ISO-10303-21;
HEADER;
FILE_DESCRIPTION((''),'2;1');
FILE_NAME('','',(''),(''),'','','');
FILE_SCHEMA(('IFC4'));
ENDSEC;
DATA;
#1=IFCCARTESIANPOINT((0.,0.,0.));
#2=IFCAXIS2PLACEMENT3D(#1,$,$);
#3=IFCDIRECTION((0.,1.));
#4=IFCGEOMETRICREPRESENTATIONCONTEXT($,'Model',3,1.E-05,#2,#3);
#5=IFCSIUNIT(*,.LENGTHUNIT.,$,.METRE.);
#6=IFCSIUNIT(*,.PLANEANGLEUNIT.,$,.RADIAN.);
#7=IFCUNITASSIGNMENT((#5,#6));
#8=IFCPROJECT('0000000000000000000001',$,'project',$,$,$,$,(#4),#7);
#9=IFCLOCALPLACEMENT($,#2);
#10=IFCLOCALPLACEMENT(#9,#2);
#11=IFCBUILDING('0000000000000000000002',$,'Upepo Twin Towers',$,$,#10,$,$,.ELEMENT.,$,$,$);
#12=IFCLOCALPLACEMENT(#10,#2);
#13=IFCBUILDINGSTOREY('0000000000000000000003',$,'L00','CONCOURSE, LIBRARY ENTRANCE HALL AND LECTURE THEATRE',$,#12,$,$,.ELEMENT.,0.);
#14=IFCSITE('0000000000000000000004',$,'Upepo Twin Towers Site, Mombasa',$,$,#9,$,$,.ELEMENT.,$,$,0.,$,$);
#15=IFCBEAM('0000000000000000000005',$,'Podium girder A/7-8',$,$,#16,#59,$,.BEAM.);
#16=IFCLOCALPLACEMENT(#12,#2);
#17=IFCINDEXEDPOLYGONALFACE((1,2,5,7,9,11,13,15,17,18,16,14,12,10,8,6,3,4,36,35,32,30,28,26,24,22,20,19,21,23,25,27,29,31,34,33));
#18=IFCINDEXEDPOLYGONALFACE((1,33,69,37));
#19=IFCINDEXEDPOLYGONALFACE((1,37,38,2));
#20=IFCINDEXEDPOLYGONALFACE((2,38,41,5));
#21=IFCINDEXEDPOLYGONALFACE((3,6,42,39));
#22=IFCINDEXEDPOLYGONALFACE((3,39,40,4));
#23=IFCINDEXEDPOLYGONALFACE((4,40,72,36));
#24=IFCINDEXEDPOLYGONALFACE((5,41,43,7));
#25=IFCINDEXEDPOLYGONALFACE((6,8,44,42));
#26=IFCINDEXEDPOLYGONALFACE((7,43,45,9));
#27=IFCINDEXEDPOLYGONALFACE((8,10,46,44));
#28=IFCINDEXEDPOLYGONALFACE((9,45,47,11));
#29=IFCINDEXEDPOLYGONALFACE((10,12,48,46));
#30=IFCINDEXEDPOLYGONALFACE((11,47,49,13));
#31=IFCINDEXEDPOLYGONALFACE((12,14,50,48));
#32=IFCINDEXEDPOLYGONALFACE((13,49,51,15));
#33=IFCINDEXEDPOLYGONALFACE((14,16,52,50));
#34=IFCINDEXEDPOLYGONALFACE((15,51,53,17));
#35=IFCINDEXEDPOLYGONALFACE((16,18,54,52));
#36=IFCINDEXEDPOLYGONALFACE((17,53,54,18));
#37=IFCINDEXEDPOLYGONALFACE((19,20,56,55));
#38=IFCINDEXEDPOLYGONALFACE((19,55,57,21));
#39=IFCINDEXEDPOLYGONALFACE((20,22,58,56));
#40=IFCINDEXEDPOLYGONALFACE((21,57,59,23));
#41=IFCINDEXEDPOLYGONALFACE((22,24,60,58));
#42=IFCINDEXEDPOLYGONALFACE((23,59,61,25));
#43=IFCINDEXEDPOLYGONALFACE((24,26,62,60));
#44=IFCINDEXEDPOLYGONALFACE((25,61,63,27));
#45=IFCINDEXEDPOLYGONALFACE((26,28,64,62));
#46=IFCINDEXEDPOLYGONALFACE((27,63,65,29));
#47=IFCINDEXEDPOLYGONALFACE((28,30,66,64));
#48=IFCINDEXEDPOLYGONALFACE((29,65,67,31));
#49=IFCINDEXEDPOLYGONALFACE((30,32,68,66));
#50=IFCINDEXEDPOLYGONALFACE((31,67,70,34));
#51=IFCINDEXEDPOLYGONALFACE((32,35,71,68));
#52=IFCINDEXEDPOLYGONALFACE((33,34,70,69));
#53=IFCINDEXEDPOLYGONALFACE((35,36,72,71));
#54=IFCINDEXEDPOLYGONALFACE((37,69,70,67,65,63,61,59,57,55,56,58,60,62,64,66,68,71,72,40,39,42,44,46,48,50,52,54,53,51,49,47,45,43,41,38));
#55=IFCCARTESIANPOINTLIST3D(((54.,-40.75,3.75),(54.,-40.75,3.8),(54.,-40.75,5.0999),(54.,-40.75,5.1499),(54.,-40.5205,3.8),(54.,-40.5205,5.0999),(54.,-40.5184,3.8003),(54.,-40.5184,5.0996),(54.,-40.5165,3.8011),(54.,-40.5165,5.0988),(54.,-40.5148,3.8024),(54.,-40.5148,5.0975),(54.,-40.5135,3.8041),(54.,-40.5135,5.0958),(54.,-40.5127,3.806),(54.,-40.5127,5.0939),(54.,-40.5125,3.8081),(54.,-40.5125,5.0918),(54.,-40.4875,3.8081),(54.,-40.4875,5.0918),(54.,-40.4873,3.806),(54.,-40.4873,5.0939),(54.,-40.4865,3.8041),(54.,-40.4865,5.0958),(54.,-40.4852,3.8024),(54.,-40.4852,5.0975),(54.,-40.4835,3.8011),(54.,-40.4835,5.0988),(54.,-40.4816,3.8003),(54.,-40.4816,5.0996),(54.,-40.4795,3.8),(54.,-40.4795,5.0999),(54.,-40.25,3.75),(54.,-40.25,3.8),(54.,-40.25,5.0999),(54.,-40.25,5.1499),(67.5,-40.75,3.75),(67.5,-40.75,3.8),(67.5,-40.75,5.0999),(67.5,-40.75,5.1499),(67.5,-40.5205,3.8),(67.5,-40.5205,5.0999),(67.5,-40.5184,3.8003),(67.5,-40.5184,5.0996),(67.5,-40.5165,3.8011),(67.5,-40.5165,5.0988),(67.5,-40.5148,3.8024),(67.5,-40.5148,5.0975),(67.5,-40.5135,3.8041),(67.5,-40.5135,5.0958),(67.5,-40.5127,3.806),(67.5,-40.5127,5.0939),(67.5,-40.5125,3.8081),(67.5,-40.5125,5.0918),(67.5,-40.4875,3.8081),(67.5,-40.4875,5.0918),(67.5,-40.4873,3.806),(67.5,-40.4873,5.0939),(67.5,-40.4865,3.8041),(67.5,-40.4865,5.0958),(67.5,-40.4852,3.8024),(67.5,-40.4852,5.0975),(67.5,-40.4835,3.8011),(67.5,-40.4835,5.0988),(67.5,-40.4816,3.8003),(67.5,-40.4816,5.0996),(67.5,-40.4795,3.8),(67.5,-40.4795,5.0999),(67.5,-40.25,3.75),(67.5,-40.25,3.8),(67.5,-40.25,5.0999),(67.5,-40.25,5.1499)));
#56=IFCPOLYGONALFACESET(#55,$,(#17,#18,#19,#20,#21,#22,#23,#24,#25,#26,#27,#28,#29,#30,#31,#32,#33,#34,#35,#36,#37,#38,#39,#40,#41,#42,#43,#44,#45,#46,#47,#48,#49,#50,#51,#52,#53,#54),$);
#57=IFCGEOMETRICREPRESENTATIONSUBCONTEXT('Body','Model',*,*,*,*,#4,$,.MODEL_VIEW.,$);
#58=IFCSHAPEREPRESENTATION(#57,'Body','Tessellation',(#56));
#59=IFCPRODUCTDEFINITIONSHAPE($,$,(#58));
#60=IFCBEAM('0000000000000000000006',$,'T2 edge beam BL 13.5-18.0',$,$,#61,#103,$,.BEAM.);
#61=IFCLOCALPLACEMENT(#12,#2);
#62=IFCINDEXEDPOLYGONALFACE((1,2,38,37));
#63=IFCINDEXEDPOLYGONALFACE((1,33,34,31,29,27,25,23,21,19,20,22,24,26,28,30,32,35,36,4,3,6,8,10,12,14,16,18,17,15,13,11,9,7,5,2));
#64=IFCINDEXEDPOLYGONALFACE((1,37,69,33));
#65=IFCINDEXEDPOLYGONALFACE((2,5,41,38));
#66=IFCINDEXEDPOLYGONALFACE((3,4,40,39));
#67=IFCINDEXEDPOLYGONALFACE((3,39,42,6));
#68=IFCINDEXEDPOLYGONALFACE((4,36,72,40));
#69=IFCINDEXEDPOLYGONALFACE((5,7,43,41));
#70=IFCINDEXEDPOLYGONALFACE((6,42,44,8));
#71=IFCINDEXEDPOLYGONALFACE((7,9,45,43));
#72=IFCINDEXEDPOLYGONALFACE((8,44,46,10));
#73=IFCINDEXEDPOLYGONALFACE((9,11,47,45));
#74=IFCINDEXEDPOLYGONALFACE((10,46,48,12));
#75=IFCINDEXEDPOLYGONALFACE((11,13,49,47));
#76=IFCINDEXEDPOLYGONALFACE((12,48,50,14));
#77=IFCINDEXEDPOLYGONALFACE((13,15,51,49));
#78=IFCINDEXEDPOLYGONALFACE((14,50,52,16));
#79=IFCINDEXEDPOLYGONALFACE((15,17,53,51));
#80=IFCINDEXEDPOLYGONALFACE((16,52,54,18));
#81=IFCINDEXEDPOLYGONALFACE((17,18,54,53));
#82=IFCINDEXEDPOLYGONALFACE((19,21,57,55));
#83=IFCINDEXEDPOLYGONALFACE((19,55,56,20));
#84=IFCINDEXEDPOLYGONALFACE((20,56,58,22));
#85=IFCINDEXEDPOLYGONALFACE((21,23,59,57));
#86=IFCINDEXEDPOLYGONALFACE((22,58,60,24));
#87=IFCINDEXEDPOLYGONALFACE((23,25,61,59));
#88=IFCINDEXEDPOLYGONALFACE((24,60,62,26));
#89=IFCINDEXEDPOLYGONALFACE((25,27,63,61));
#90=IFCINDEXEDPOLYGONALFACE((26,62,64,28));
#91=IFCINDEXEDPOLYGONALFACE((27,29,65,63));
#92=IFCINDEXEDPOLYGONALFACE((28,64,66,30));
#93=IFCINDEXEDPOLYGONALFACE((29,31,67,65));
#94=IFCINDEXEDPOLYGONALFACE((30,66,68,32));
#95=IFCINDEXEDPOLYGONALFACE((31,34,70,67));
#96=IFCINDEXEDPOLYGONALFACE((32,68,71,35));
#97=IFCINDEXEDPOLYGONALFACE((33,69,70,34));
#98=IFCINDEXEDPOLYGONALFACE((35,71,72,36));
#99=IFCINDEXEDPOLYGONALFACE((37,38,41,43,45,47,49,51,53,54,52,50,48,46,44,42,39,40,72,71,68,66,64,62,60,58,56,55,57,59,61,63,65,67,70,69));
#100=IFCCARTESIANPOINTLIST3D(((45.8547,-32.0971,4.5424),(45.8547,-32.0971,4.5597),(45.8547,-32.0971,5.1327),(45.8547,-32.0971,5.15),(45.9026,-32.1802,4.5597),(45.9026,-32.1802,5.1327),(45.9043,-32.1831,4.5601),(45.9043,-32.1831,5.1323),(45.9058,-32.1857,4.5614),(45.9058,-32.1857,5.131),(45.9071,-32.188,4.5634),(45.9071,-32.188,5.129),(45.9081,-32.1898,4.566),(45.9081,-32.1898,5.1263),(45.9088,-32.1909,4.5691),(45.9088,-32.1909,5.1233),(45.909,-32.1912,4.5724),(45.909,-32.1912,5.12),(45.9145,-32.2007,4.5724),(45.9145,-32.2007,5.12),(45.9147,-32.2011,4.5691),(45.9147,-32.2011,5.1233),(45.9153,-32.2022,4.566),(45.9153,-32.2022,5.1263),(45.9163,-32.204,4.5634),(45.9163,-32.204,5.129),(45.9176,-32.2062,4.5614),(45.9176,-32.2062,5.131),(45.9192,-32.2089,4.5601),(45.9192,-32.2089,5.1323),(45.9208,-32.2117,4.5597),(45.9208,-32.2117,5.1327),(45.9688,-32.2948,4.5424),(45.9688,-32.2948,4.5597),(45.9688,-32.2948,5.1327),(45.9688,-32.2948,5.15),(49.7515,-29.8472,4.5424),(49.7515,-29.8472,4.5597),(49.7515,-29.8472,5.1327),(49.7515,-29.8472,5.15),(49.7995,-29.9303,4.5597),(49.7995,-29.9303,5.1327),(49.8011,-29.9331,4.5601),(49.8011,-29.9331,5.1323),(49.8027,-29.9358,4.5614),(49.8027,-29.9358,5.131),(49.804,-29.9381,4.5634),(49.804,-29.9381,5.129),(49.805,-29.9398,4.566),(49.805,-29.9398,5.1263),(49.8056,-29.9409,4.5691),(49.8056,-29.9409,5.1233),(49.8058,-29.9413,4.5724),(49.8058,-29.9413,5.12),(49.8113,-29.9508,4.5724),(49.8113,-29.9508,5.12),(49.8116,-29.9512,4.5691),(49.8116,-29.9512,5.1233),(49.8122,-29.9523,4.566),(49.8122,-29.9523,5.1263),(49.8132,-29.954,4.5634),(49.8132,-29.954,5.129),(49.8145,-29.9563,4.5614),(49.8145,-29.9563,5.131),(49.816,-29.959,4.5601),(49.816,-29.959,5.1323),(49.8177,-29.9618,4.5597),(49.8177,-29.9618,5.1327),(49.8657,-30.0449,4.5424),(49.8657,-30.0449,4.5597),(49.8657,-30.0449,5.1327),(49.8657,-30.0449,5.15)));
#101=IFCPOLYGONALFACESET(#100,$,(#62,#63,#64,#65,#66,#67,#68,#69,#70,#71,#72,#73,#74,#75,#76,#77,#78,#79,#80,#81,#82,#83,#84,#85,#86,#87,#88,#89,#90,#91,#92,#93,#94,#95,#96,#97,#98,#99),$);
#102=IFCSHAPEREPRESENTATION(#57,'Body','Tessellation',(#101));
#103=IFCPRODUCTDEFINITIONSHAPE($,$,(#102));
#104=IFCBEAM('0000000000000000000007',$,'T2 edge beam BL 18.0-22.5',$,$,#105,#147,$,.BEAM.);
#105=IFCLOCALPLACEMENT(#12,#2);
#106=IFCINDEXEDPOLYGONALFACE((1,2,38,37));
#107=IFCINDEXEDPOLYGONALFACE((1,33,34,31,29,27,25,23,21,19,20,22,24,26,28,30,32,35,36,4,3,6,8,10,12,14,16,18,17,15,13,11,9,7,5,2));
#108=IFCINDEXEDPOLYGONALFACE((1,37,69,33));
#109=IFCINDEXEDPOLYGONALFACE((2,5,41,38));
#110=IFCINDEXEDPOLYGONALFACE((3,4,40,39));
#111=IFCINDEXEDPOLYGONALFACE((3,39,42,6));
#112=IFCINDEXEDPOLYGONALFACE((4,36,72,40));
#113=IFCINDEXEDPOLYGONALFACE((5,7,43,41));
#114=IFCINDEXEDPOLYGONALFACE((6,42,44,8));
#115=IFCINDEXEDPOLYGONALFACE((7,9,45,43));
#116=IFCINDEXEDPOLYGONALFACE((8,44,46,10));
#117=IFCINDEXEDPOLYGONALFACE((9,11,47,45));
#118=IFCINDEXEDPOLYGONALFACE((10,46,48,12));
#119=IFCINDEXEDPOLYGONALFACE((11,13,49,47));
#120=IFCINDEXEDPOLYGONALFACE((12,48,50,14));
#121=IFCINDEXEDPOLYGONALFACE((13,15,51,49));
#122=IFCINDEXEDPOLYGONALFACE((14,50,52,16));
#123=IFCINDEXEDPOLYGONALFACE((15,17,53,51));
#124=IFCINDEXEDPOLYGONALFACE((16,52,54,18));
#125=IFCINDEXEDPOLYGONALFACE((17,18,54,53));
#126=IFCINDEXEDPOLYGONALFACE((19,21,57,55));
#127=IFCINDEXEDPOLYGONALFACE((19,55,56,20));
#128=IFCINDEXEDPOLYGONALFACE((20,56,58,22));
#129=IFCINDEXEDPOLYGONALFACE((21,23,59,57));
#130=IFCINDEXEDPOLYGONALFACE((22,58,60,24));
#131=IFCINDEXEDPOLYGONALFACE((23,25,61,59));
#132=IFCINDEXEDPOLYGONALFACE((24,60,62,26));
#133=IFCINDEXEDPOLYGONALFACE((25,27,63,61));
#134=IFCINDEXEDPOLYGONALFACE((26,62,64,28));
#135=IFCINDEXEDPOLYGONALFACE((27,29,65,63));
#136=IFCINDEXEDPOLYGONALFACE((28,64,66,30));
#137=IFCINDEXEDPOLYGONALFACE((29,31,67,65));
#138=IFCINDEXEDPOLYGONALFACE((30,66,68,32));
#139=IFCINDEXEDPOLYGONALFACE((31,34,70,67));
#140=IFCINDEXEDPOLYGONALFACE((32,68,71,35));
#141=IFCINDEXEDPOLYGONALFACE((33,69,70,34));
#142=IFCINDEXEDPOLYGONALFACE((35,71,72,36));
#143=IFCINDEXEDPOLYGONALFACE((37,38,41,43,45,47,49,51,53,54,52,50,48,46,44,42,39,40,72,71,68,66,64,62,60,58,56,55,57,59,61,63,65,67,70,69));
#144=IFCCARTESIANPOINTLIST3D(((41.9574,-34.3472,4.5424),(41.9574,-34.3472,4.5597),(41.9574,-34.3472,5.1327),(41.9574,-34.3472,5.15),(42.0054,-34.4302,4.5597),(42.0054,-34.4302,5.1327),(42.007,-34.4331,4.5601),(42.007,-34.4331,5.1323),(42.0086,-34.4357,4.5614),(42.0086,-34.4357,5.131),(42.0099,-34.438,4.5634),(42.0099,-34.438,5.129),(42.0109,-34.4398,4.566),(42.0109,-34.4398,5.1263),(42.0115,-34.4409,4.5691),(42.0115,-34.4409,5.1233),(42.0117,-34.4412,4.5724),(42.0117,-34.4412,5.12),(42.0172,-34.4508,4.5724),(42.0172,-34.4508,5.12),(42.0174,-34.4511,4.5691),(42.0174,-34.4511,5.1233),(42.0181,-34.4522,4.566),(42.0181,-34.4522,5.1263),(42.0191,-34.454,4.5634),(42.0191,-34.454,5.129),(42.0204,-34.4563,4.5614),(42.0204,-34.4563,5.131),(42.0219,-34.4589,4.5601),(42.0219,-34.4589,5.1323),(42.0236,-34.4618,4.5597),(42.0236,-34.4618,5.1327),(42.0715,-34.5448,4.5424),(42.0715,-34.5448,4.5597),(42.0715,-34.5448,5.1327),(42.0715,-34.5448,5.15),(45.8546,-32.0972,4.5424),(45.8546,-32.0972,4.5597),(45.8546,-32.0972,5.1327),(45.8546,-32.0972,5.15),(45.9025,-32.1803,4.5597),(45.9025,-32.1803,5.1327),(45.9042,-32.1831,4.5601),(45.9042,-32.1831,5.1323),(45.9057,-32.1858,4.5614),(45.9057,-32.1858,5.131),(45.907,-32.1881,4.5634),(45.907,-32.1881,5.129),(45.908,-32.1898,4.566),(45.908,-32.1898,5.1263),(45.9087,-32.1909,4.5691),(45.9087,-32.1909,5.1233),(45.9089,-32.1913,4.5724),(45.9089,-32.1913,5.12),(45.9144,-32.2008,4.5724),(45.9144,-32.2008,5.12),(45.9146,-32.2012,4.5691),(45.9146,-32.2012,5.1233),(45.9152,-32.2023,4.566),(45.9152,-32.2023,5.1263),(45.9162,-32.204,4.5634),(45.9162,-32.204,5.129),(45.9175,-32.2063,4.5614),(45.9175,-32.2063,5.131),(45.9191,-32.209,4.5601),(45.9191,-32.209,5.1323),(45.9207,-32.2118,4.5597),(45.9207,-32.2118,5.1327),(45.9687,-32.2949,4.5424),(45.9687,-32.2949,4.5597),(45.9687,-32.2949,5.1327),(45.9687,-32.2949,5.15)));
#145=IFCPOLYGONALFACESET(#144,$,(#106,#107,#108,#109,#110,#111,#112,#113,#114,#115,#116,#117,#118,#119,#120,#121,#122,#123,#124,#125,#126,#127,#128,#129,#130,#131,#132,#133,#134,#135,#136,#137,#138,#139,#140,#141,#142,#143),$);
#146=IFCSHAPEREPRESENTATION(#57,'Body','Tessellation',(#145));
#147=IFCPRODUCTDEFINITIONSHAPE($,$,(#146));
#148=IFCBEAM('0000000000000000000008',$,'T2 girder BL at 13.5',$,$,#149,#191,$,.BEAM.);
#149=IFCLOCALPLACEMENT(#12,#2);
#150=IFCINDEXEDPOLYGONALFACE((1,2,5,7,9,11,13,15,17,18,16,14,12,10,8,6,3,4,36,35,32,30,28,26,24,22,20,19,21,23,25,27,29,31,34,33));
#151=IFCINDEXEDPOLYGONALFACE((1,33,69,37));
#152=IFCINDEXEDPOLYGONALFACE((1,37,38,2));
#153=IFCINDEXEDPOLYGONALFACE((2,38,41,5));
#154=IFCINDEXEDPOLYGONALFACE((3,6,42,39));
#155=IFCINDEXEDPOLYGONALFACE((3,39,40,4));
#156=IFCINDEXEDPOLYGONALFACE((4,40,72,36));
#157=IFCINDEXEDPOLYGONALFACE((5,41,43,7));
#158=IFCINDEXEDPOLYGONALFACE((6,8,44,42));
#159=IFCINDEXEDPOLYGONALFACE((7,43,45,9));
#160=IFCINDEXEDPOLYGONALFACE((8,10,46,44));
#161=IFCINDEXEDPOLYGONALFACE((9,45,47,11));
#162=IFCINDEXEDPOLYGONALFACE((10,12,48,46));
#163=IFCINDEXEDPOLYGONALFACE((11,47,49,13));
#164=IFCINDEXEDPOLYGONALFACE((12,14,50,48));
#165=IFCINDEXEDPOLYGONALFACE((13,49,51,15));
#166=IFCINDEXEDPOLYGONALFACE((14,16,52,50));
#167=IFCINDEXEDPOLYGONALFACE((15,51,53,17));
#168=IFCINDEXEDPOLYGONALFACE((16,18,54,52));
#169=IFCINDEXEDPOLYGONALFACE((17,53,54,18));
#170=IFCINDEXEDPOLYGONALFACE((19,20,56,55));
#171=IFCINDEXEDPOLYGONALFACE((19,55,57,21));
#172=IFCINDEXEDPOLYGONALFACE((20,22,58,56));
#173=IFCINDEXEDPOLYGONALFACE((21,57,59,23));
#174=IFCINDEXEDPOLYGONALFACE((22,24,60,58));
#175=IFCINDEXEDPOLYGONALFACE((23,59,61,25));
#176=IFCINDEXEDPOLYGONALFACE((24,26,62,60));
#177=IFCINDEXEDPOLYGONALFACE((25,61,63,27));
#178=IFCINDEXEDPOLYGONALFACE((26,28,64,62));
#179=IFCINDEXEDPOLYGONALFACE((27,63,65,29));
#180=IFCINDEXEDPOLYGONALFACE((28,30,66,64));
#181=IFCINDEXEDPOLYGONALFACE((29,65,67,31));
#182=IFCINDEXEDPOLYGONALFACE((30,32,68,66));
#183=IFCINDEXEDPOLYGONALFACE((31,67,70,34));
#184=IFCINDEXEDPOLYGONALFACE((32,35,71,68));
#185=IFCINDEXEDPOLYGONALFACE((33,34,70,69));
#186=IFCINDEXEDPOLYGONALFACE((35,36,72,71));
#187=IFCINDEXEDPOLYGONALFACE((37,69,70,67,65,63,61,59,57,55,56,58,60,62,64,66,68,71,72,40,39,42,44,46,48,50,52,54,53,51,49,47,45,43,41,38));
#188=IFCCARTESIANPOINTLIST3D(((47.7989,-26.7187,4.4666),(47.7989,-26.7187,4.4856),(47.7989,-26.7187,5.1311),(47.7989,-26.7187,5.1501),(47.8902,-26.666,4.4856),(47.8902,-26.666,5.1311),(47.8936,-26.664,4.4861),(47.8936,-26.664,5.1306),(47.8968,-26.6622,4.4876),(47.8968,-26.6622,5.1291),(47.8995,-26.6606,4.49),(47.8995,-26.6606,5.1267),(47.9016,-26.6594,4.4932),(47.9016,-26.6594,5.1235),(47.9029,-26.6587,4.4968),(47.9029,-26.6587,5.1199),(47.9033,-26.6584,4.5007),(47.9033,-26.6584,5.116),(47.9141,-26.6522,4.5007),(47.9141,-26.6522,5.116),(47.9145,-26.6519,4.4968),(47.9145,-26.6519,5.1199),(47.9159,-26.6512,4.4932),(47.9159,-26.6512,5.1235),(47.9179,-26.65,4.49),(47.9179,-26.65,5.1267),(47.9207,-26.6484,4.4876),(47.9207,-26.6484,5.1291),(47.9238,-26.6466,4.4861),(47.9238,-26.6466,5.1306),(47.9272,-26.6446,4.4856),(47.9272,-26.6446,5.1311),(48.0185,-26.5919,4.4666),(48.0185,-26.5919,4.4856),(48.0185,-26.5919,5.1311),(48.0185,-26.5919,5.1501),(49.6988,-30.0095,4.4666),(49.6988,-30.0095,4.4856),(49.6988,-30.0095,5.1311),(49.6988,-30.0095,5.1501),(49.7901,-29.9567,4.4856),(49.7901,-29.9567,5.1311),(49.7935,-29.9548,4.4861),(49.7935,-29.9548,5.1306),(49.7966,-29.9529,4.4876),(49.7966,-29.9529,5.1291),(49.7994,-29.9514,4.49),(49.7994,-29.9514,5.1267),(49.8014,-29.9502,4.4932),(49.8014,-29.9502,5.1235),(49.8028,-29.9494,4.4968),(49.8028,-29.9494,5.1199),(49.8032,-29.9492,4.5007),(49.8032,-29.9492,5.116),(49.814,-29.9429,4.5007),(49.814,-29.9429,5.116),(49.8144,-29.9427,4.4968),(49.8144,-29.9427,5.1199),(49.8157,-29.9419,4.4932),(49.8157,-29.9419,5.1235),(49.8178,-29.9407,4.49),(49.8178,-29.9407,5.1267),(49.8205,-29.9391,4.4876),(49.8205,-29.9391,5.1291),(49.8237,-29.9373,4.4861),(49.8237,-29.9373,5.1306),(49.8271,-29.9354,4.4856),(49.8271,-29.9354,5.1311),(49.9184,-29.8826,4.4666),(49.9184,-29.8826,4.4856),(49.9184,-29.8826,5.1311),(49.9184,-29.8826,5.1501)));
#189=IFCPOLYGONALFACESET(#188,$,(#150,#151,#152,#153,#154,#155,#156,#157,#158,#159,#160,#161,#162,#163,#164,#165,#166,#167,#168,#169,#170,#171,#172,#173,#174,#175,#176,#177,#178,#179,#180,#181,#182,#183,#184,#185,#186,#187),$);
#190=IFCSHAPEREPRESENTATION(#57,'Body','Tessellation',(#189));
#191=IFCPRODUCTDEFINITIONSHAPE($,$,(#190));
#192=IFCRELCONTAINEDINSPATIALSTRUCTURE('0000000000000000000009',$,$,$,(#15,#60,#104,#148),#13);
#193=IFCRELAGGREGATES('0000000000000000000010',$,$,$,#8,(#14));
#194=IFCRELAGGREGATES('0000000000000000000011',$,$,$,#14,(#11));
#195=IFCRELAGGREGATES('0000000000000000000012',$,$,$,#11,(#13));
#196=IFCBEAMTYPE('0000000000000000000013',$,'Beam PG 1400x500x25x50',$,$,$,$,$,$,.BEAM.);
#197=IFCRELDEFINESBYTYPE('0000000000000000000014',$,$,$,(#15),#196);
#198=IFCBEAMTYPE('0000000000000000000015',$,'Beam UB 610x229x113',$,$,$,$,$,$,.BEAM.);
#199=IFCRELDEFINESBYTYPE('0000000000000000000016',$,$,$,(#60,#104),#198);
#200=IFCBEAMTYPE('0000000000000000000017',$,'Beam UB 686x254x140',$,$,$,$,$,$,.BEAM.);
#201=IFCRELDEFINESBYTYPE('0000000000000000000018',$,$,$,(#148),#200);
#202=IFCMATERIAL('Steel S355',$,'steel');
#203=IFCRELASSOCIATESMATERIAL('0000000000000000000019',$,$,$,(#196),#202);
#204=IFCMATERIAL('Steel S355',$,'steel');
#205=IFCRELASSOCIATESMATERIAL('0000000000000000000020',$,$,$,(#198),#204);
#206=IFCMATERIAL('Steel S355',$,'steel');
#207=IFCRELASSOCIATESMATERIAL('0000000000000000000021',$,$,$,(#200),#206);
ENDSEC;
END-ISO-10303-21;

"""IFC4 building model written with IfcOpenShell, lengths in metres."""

from ifc_helpers import new_model, si_unit, direction, frame, origin, origin_2d, place, context, subcontext, project, spatial, i_section, extrude, material, material_profile, profile_set, type_object, element, save


model = new_model("IFC4")

# Units and contexts
model_context = context("Model", 3, precision=1e-05, world=origin(), true_north=direction((0.0, 1.0)))
body_context = subcontext(model_context, "Body", "Model", "MODEL_VIEW")
ifc_project = project(units=[si_unit("LENGTHUNIT", "METRE"), si_unit("PLANEANGLEUNIT", "RADIAN")], contexts=[model_context])

# Site, building, storey
site_placement = place(None, origin())
site = spatial("IfcSite", under=ifc_project, at=site_placement, Name="Upepo Twin Towers Site, Mombasa", CompositionType="ELEMENT", RefElevation=0.0)
building_placement = place(site_placement, origin())
building = spatial("IfcBuilding", under=site, at=building_placement, Name="Upepo Twin Towers", CompositionType="ELEMENT")
storey_placement = place(building_placement, origin())
storey = spatial("IfcBuildingStorey", under=building, at=storey_placement, Name="L00", Description="CONCOURSE, LIBRARY ENTRANCE HALL AND LECTURE THEATRE", CompositionType="ELEMENT", Elevation=0.0)

# Beams
ifc_material_1 = material(Name="Steel S355", Category="steel")
ifc_material_profile_1 = material_profile(ifc_material_1, i_section(OverallWidth=0.5, OverallDepth=1.3999, WebThickness=0.0249, FlangeThickness=0.05, FilletRadius=0.0081, at=origin_2d()), Name="PG 1400x500x25x50")
ifc_profile_set_1 = profile_set([ifc_material_profile_1], Name="Steel S355")
beam_type_1 = type_object("IfcBeamType", Name="Beam PG 1400x500x25x50", PredefinedType="BEAM", material=ifc_profile_set_1)
beam_1_placement = place(storey_placement, frame((54.0, -40.5, 4.45), z_axis=(1.0, 0.0, 0.0), x_axis=(0.0, 1.0, 0.0)))
element("IfcBeam", 1, at=beam_1_placement, inside=storey, type_object=beam_type_1, Name="Podium girder A/7-8", PredefinedType="BEAM", context=body_context, shape_type="SweptSolid", body=[
    extrude(i_section(OverallWidth=0.5, OverallDepth=1.3999, WebThickness=0.0249, FlangeThickness=0.05, FilletRadius=0.0081, at=origin_2d()), origin(), (0.0, 0.0, 1.0), 13.5),
])
ifc_material_2 = material(Name="Steel S355", Category="steel")
ifc_material_profile_2 = material_profile(ifc_material_2, i_section(OverallWidth=0.2283, OverallDepth=0.6077, WebThickness=0.011, FlangeThickness=0.0173, FilletRadius=0.0127, at=origin_2d()), Name="UB 610x229x113")
ifc_profile_set_2 = profile_set([ifc_material_profile_2], Name="Steel S355")
beam_type_2 = type_object("IfcBeamType", Name="Beam UB 610x229x113", PredefinedType="BEAM", material=ifc_profile_set_2)
beam_2_placement = place(storey_placement, frame((49.8086, -29.946, 4.8462), z_axis=(-0.866018, -0.500014, 0.0), x_axis=(0.500014, -0.866018, 0.0)))
element("IfcBeam", 2, at=beam_2_placement, inside=storey, type_object=beam_type_2, Name="T2 edge beam BL 13.5-18.0", PredefinedType="BEAM", context=body_context, shape_type="SweptSolid", body=[
    extrude(i_section(OverallWidth=0.2283, OverallDepth=0.6077, WebThickness=0.011, FlangeThickness=0.0173, FilletRadius=0.0127, at=origin_2d()), origin(), (0.0, 0.0, 1.0), 4.4998),
])
beam_3_placement = place(storey_placement, frame((45.9116, -32.196, 4.8462), z_axis=(-0.866031, -0.49999, 0.0), x_axis=(0.49999, -0.866031, 0.0)))
element("IfcBeam", 3, at=beam_3_placement, inside=storey, type_object=beam_type_2, Name="T2 edge beam BL 18.0-22.5", PredefinedType="BEAM", context=body_context, shape_type="SweptSolid", body=[
    extrude(i_section(OverallWidth=0.2283, OverallDepth=0.6077, WebThickness=0.011, FlangeThickness=0.0173, FilletRadius=0.0127, at=origin_2d()), origin(), (0.0, 0.0, 1.0), 4.5),
])
ifc_material_3 = material(Name="Steel S355", Category="steel")
ifc_material_profile_3 = material_profile(ifc_material_3, i_section(OverallWidth=0.2537, OverallDepth=0.6836, WebThickness=0.0125, FlangeThickness=0.019, FilletRadius=0.0151, at=origin_2d()), Name="UB 686x254x140")
ifc_profile_set_3 = profile_set([ifc_material_profile_3], Name="Steel S355")
beam_type_3 = type_object("IfcBeamType", Name="Beam UB 686x254x140", PredefinedType="BEAM", material=ifc_profile_set_3)
beam_4_placement = place(storey_placement, frame((49.8086, -29.946, 4.8083), z_axis=(-0.499995, 0.866028, 0.0), x_axis=(-0.866028, -0.499995, 0.0)))
element("IfcBeam", 4, at=beam_4_placement, inside=storey, type_object=beam_type_3, Name="T2 girder BL at 13.5", PredefinedType="BEAM", context=body_context, shape_type="SweptSolid", body=[
    extrude(i_section(OverallWidth=0.2537, OverallDepth=0.6836, WebThickness=0.0125, FlangeThickness=0.019, FilletRadius=0.0151, at=origin_2d()), origin(), (0.0, 0.0, 1.0), 3.7998),
])

save(model, "model.ifc")
